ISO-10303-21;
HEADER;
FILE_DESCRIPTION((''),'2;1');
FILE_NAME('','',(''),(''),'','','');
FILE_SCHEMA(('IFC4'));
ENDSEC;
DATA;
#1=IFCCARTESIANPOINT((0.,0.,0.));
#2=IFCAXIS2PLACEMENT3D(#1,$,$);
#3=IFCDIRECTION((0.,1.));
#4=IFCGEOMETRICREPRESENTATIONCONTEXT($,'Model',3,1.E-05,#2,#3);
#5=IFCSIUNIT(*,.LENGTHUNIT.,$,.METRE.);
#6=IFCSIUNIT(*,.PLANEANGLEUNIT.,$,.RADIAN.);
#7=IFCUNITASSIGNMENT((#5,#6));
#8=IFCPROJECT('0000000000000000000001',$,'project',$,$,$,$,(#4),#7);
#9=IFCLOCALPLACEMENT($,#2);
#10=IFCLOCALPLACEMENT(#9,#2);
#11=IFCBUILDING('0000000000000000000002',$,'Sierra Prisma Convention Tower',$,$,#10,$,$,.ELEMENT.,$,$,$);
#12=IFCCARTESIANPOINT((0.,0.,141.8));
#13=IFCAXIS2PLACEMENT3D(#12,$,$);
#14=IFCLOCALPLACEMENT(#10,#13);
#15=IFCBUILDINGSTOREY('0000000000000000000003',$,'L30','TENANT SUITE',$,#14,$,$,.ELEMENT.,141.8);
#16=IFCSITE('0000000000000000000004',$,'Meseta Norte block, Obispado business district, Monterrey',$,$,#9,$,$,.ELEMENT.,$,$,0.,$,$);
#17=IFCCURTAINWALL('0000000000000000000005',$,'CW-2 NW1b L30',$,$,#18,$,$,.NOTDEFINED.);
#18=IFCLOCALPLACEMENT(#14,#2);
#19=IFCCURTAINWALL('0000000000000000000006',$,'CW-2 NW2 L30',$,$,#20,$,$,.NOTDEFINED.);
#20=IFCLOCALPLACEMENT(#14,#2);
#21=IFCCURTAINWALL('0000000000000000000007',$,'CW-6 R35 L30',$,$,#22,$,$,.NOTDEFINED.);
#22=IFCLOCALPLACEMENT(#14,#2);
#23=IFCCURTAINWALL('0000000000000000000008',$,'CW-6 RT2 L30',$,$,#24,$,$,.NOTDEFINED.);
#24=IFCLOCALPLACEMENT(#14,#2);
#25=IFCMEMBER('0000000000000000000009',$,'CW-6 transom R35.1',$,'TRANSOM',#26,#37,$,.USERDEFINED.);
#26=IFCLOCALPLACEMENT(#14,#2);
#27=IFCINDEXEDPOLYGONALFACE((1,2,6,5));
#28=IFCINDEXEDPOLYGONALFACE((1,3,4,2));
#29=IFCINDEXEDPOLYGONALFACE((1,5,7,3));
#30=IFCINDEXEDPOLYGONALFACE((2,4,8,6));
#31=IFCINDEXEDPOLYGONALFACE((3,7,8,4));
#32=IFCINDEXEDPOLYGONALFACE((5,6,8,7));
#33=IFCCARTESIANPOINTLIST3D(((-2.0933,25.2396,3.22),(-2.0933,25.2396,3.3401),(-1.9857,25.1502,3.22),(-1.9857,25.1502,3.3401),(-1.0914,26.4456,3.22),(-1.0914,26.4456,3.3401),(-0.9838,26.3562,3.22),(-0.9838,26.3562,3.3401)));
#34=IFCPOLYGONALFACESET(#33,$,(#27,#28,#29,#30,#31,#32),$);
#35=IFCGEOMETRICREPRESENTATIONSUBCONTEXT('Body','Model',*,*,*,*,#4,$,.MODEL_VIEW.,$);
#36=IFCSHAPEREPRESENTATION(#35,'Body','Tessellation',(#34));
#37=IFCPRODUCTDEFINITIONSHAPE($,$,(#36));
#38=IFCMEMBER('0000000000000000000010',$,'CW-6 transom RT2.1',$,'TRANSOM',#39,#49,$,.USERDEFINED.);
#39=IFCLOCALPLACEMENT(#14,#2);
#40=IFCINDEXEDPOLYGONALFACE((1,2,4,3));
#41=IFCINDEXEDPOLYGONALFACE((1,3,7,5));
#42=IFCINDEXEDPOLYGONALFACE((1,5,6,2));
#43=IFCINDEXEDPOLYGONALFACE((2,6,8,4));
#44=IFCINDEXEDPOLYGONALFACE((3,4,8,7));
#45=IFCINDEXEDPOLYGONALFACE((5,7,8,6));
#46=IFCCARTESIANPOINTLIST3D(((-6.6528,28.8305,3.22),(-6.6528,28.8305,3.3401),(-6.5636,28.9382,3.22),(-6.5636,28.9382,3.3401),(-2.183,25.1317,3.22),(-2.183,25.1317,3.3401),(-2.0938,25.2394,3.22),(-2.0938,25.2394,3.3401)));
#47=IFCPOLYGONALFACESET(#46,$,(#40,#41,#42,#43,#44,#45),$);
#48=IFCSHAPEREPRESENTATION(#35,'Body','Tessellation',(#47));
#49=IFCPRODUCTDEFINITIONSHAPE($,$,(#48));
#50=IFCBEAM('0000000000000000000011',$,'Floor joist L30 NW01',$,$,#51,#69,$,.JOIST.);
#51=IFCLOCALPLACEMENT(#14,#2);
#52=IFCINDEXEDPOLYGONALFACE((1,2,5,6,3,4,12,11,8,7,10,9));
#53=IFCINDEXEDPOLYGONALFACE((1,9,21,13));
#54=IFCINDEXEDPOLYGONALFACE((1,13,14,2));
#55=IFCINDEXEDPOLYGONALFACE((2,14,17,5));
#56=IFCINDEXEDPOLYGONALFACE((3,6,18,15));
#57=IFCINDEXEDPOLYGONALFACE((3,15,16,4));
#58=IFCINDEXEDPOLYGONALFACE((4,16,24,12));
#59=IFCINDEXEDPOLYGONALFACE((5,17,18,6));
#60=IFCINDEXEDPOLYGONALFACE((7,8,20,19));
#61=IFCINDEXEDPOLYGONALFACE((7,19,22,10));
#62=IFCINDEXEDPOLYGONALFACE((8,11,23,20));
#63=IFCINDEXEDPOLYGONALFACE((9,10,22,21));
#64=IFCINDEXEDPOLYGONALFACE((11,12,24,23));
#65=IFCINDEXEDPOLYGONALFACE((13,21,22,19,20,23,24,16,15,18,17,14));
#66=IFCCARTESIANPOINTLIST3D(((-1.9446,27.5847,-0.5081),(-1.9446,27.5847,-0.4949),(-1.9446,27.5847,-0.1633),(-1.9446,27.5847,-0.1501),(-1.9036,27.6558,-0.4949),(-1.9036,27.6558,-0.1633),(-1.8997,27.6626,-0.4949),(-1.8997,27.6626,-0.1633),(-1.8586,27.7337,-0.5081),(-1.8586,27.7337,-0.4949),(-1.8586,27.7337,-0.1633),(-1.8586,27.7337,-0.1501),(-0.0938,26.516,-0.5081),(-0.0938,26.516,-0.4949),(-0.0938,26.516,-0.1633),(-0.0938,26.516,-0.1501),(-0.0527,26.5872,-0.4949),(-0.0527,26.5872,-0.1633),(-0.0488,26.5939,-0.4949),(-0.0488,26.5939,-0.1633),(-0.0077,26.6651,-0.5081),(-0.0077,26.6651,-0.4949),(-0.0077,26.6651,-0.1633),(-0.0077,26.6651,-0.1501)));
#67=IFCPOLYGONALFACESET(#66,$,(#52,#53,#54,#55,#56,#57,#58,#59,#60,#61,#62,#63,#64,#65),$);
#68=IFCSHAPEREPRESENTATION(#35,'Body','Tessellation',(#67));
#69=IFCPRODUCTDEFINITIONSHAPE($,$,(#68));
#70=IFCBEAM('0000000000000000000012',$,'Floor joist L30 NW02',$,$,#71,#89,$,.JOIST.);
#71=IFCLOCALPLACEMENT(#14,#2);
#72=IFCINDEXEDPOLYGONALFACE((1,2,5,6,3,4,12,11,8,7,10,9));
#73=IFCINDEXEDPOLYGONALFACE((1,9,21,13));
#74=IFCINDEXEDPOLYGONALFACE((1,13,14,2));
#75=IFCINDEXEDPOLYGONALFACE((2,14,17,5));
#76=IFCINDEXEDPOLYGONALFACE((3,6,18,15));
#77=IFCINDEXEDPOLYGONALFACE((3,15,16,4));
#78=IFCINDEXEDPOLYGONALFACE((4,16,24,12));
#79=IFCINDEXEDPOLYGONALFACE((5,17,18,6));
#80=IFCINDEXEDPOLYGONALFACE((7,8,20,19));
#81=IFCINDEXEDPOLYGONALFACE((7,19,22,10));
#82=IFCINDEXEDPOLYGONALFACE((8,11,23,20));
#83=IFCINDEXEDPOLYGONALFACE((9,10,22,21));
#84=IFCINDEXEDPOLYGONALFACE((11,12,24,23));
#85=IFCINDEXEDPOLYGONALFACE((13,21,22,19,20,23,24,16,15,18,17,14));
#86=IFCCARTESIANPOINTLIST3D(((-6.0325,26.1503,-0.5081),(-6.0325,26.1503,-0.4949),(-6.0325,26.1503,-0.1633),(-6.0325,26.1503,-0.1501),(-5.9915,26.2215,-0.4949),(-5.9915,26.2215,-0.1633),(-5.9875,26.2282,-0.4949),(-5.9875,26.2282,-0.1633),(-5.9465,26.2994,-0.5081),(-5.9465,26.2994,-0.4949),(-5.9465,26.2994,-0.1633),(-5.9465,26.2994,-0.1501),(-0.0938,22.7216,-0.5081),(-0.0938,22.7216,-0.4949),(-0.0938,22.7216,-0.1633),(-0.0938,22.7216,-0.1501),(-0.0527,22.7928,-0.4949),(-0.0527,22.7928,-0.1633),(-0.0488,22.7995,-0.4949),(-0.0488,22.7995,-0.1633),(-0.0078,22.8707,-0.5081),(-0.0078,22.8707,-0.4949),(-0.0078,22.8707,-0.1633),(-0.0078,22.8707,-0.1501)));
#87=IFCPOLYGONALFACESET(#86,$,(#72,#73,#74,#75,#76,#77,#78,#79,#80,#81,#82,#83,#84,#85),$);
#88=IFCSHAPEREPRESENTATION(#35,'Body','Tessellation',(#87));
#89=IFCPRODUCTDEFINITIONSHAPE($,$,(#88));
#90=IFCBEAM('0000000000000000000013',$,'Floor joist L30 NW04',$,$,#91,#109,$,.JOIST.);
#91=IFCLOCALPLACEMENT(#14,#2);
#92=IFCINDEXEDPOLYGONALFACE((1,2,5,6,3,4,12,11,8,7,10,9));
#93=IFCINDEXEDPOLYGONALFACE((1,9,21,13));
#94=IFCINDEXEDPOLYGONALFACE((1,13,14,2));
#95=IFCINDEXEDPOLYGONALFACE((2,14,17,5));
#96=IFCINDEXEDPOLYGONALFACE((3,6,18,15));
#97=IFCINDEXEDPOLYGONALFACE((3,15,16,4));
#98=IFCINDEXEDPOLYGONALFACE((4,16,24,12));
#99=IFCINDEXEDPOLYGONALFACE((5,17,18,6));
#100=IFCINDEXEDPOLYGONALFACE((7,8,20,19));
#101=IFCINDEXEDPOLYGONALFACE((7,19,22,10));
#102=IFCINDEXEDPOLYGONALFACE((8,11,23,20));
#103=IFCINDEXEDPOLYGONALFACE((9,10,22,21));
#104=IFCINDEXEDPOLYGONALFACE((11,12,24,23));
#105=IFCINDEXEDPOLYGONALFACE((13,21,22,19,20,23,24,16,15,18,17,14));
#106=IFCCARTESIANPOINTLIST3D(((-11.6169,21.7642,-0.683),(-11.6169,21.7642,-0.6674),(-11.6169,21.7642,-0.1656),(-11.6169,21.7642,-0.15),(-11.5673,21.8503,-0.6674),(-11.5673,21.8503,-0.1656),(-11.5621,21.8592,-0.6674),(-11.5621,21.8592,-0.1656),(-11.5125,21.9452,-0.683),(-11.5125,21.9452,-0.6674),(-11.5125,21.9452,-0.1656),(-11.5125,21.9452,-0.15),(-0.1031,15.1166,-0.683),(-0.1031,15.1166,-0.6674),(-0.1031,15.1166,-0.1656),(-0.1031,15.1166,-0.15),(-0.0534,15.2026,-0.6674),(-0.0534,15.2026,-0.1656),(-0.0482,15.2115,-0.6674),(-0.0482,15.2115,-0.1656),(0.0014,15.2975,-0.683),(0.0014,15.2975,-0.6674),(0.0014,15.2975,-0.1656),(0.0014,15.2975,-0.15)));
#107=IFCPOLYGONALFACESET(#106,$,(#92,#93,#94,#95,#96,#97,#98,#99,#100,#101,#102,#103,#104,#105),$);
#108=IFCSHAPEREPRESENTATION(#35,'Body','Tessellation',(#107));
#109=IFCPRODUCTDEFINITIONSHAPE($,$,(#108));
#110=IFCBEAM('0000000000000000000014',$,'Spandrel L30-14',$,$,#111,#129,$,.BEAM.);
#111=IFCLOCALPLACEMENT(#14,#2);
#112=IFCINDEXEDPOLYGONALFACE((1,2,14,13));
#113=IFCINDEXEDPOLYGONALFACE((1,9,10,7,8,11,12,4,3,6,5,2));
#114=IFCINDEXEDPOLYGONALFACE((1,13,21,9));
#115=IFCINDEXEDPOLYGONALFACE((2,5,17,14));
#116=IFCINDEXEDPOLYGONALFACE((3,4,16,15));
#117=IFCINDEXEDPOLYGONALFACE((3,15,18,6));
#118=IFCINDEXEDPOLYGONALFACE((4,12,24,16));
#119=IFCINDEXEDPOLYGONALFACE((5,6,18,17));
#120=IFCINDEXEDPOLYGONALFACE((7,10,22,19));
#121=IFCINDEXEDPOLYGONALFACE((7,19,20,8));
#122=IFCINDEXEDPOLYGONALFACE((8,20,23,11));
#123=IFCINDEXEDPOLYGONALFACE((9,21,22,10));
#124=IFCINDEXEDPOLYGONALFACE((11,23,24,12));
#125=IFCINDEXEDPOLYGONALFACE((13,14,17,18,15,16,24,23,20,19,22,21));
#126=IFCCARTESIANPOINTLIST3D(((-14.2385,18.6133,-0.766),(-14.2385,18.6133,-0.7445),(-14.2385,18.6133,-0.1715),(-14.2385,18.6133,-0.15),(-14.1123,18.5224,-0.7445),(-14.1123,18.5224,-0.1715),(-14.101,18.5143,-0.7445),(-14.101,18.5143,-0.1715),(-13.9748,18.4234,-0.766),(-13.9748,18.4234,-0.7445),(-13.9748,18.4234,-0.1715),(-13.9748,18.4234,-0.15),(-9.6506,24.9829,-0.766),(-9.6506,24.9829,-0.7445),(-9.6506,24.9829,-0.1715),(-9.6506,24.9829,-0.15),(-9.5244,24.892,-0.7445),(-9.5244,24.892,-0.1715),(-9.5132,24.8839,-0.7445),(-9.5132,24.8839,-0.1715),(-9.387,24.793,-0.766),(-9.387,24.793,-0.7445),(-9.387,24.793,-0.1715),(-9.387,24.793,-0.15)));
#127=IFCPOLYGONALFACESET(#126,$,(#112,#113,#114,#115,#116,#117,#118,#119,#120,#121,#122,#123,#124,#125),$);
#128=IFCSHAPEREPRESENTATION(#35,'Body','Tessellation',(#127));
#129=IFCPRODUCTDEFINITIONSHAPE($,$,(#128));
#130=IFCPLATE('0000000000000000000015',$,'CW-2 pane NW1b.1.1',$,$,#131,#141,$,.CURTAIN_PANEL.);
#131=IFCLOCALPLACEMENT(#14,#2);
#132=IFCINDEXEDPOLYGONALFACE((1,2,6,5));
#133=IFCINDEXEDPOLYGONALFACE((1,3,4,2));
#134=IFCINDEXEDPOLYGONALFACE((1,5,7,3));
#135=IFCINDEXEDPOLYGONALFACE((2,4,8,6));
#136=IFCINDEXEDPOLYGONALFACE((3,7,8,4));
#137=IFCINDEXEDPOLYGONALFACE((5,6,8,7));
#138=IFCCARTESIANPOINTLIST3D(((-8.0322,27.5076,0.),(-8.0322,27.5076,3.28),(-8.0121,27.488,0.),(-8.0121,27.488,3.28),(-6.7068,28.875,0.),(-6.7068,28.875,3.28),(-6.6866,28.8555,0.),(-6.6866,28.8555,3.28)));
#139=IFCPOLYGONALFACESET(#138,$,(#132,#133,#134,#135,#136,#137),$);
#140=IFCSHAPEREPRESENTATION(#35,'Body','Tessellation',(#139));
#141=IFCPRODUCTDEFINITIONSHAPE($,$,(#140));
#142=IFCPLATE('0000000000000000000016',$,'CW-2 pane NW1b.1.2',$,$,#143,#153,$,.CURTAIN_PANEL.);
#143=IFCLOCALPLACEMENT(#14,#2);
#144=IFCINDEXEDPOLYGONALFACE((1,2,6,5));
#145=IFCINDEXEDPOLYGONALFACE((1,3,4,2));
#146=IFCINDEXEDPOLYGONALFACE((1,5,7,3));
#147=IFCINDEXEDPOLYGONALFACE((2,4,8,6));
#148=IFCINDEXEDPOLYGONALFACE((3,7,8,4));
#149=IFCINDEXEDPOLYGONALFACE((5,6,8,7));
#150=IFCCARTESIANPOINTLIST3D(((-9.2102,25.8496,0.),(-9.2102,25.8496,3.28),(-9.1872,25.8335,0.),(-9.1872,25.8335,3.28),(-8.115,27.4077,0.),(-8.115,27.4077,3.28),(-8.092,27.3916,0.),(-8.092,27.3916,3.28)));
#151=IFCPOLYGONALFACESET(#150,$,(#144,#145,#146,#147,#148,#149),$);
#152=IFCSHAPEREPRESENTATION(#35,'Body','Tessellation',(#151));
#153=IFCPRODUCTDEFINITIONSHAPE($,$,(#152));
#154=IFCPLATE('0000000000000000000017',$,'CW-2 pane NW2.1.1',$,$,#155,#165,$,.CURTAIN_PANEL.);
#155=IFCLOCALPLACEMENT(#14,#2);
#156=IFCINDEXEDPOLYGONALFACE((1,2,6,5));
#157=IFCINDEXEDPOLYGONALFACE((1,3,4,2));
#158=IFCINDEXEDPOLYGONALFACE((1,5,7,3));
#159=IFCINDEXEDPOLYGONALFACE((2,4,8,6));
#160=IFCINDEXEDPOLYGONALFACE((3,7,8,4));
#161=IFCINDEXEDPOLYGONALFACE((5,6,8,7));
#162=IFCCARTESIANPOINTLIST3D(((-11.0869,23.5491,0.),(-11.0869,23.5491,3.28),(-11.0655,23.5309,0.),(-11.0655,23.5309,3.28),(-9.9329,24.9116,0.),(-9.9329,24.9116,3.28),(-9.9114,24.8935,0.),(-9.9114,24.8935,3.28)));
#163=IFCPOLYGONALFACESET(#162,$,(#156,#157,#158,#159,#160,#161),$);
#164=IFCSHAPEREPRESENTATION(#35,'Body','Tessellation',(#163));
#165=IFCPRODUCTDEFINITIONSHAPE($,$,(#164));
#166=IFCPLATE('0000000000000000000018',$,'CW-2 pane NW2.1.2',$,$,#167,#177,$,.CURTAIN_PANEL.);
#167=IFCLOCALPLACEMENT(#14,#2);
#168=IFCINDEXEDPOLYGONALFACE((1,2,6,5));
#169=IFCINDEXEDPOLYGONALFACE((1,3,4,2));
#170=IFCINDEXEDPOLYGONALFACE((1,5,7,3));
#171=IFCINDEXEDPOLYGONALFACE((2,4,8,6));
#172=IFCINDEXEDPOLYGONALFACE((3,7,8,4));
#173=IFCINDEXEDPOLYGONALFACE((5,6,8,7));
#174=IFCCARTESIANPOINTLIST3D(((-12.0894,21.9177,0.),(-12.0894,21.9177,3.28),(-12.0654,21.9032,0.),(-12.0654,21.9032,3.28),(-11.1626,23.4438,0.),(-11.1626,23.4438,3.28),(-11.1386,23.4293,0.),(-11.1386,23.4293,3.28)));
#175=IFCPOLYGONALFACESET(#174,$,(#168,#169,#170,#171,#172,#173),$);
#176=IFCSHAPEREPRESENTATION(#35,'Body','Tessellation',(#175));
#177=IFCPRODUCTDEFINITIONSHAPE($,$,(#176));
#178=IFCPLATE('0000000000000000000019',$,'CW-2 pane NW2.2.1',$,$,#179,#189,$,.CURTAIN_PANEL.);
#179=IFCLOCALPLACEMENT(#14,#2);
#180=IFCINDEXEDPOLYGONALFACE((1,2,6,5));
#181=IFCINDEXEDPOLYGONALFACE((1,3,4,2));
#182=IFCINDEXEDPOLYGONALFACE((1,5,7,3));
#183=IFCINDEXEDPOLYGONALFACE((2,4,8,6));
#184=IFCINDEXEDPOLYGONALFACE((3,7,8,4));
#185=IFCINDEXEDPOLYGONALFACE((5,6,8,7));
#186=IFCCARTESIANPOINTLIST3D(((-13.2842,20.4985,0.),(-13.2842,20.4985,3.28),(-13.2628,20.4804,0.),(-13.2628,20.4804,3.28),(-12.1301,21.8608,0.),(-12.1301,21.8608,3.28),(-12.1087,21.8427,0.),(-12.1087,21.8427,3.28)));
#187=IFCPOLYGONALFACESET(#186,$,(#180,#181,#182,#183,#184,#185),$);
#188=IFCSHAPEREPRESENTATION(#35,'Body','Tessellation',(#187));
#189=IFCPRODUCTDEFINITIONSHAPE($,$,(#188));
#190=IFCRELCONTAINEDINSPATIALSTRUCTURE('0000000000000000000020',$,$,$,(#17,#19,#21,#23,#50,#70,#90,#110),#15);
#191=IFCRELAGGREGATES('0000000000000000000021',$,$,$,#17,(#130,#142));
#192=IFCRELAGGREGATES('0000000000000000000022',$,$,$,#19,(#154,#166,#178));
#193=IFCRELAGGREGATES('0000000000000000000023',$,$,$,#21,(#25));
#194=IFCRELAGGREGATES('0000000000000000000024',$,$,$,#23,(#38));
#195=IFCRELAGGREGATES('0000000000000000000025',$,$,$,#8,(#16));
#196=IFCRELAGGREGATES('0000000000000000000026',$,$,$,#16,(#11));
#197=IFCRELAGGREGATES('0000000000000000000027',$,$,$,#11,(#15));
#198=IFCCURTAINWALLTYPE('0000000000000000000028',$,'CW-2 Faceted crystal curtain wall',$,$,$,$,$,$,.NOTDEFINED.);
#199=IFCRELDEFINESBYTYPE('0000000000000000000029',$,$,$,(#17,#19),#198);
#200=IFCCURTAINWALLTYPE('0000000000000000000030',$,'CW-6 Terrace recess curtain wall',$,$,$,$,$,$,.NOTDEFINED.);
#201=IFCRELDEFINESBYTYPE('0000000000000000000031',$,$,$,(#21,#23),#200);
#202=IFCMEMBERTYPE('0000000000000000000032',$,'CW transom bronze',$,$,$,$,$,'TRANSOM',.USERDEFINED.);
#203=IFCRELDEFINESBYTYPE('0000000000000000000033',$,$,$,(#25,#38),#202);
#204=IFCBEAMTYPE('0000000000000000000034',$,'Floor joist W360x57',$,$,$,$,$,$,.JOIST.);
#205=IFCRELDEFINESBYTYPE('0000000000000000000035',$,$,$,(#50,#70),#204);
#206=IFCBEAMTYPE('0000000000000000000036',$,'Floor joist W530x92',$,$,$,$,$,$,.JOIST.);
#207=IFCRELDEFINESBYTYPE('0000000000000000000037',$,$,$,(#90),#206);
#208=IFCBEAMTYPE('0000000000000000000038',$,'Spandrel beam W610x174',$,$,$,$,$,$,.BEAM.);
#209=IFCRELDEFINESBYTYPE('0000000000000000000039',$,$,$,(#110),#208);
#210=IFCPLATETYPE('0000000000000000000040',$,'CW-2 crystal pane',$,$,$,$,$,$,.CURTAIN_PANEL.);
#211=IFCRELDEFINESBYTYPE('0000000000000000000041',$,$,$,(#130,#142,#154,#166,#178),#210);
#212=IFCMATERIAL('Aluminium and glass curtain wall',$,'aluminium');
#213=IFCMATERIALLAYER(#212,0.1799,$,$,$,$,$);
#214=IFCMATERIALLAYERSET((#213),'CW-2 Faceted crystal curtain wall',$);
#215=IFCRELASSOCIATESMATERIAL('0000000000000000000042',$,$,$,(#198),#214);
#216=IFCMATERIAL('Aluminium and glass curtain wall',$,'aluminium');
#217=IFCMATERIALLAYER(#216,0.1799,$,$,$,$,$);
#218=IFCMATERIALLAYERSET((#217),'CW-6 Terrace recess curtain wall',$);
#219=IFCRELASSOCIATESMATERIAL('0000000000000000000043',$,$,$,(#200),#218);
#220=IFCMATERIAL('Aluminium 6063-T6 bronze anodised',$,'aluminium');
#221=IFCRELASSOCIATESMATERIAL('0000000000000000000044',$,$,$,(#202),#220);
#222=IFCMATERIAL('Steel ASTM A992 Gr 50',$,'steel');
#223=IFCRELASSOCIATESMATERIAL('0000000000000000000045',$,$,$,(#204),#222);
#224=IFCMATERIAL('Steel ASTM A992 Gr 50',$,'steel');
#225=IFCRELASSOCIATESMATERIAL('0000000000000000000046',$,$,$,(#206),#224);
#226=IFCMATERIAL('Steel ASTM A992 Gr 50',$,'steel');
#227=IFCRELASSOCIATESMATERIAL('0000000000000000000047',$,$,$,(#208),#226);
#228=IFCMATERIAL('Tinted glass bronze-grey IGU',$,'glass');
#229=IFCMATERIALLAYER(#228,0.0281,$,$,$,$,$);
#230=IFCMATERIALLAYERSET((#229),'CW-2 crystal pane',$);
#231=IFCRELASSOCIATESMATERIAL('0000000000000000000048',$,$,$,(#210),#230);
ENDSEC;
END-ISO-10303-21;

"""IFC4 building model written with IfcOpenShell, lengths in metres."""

from ifc_helpers import new_model, si_unit, direction, frame, origin, origin_2d, place, context, subcontext, project, spatial, polyline, rectangle, i_section, outline, extrude, material, layer, layer_set, material_profile, profile_set, type_object, element, aggregate, save


model = new_model("IFC4")

# Units and contexts
model_context = context("Model", 3, precision=1e-05, world=origin(), true_north=direction((0.0, 1.0)))
body_context = subcontext(model_context, "Body", "Model", "MODEL_VIEW")
ifc_project = project(units=[si_unit("LENGTHUNIT", "METRE"), si_unit("PLANEANGLEUNIT", "RADIAN")], contexts=[model_context])

# Site, building, storey
site_placement = place(None, origin())
site = spatial("IfcSite", under=ifc_project, at=site_placement, Name="Meseta Norte block, Obispado business district, Monterrey", CompositionType="ELEMENT", RefElevation=0.0)
building_placement = place(site_placement, origin())
building = spatial("IfcBuilding", under=site, at=building_placement, Name="Sierra Prisma Convention Tower", CompositionType="ELEMENT")
storey_placement = place(building_placement, frame((0.0, 0.0, 141.8)))
storey = spatial("IfcBuildingStorey", under=building, at=storey_placement, Name="L30", Description="TENANT SUITE", CompositionType="ELEMENT", Elevation=141.8)

# Curtain walls
ifc_material_1 = material(Name="Aluminium and glass curtain wall", Category="aluminium")
ifc_layer_1 = layer(ifc_material_1, 0.1799)
ifc_layer_set_1 = layer_set([ifc_layer_1], Name="CW-2 Faceted crystal curtain wall")
curtain_wall_type_1 = type_object("IfcCurtainWallType", Name="CW-2 Faceted crystal curtain wall", PredefinedType="NOTDEFINED", material=ifc_layer_set_1)
curtain_wall_1_placement = place(storey_placement, origin())
curtain_wall_1 = element("IfcCurtainWall", 1, at=curtain_wall_1_placement, inside=storey, type_object=curtain_wall_type_1, Name="CW-2 NW1b L30", PredefinedType="NOTDEFINED")
curtain_wall_2_placement = place(storey_placement, origin())
curtain_wall_2 = element("IfcCurtainWall", 2, at=curtain_wall_2_placement, inside=storey, type_object=curtain_wall_type_1, Name="CW-2 NW2 L30", PredefinedType="NOTDEFINED")

# Shared definitions
ifc_material_2 = material(Name="Aluminium and glass curtain wall", Category="aluminium")
ifc_layer_2 = layer(ifc_material_2, 0.1799)
ifc_layer_set_2 = layer_set([ifc_layer_2], Name="CW-6 Terrace recess curtain wall")
curtain_wall_type_2 = type_object("IfcCurtainWallType", Name="CW-6 Terrace recess curtain wall", PredefinedType="NOTDEFINED", material=ifc_layer_set_2)

# Curtain wall
curtain_wall_3_placement = place(storey_placement, origin())
curtain_wall_3 = element("IfcCurtainWall", 3, at=curtain_wall_3_placement, inside=storey, type_object=curtain_wall_type_2, Name="CW-6 R35 L30", PredefinedType="NOTDEFINED")

# Curtain wall
curtain_wall_4_placement = place(storey_placement, origin())
curtain_wall_4 = element("IfcCurtainWall", 4, at=curtain_wall_4_placement, inside=storey, type_object=curtain_wall_type_2, Name="CW-6 RT2 L30", PredefinedType="NOTDEFINED")

# Members
ifc_material_3 = material(Name="Aluminium 6063-T6 bronze anodised", Category="aluminium")
ifc_material_profile_1 = material_profile(ifc_material_3, rectangle(XDim=0.1399, YDim=0.1201, at=origin_2d()), Name="ALU TRANSOM 120x140")
ifc_profile_set_1 = profile_set([ifc_material_profile_1], Name="Aluminium 6063-T6 bronze anodised")
member_type_1 = type_object("IfcMemberType", Name="CW transom bronze", ElementType="TRANSOM", PredefinedType="USERDEFINED", material=ifc_profile_set_1)
member_1_placement = place(storey_placement, frame((-1.0376, 26.4009, 3.28), z_axis=(-0.63902, -0.76919, 0.0), x_axis=(0.76919, -0.63902, 0.0)))
member_1 = element("IfcMember", 5, at=member_1_placement, type_object=member_type_1, Name="CW-6 transom R35.1", ObjectType="TRANSOM", PredefinedType="USERDEFINED", context=body_context, shape_type="SweptSolid", body=[
    extrude(rectangle(XDim=0.1399, YDim=0.1201, at=origin_2d()), origin(), (0.0, 0.0, 1.0), 1.5679),
])
member_2_placement = place(storey_placement, frame((-2.1384, 25.1855, 3.28), z_axis=(-0.770424, 0.637532, 0.0), x_axis=(-0.637532, -0.770424, 0.0)))
member_2 = element("IfcMember", 6, at=member_2_placement, type_object=member_type_1, Name="CW-6 transom RT2.1", ObjectType="TRANSOM", PredefinedType="USERDEFINED", context=body_context, shape_type="SweptSolid", body=[
    extrude(rectangle(XDim=0.1399, YDim=0.1201, at=origin_2d()), origin(), (0.0, 0.0, 1.0), 5.8018),
])

# Beams
ifc_material_4 = material(Name="Steel ASTM A992 Gr 50", Category="steel")
ifc_material_profile_2 = material_profile(ifc_material_4, i_section(OverallWidth=0.1721, OverallDepth=0.3579, WebThickness=0.0078, FlangeThickness=0.0132, at=origin_2d()), Name="W360x57")
ifc_profile_set_2 = profile_set([ifc_material_profile_2], Name="Steel ASTM A992 Gr 50")
beam_type_1 = type_object("IfcBeamType", Name="Floor joist W360x57", PredefinedType="JOIST", material=ifc_profile_set_2)
beam_1_placement = place(storey_placement, frame((-1.9016, 27.6592, -0.3291), z_axis=(0.86602, -0.500009, 0.0), x_axis=(0.500009, 0.86602, 0.0)))
element("IfcBeam", 7, at=beam_1_placement, inside=storey, type_object=beam_type_1, Name="Floor joist L30 NW01", PredefinedType="JOIST", context=body_context, shape_type="SweptSolid", body=[
    extrude(i_section(OverallWidth=0.1721, OverallDepth=0.3579, WebThickness=0.0078, FlangeThickness=0.0132, at=origin_2d()), origin(), (0.0, 0.0, 1.0), 2.1372),
])
beam_2_placement = place(storey_placement, frame((-5.9895, 26.2249, -0.3291), z_axis=(0.866026, -0.499999, 0.0), x_axis=(0.499999, 0.866026, 0.0)))
element("IfcBeam", 8, at=beam_2_placement, inside=storey, type_object=beam_type_1, Name="Floor joist L30 NW02", PredefinedType="JOIST", context=body_context, shape_type="SweptSolid", body=[
    extrude(i_section(OverallWidth=0.1721, OverallDepth=0.3579, WebThickness=0.0078, FlangeThickness=0.0132, at=origin_2d()), origin(), (0.0, 0.0, 1.0), 6.8574),
])
ifc_material_5 = material(Name="Steel ASTM A992 Gr 50", Category="steel")
ifc_material_profile_3 = material_profile(ifc_material_5, i_section(OverallWidth=0.209, OverallDepth=0.533, WebThickness=0.0103, FlangeThickness=0.0156, at=origin_2d()), Name="W530x92")
ifc_profile_set_3 = profile_set([ifc_material_profile_3], Name="Steel ASTM A992 Gr 50")
beam_type_2 = type_object("IfcBeamType", Name="Floor joist W530x92", PredefinedType="JOIST", material=ifc_profile_set_3)
beam_3_placement = place(storey_placement, frame((-11.5647, 21.8547, -0.4165), z_axis=(0.866021, -0.500008, 0.0), x_axis=(0.500008, 0.866021, 0.0)))
element("IfcBeam", 9, at=beam_3_placement, inside=storey, type_object=beam_type_2, Name="Floor joist L30 NW04", PredefinedType="JOIST", context=body_context, shape_type="SweptSolid", body=[
    extrude(i_section(OverallWidth=0.209, OverallDepth=0.533, WebThickness=0.0103, FlangeThickness=0.0156, at=origin_2d()), origin(), (0.0, 0.0, 1.0), 13.2952),
])
ifc_material_6 = material(Name="Steel ASTM A992 Gr 50", Category="steel")
ifc_material_profile_4 = material_profile(ifc_material_6, i_section(OverallWidth=0.325, OverallDepth=0.616, WebThickness=0.0139, FlangeThickness=0.0215, at=origin_2d()), Name="W610x174")
ifc_profile_set_4 = profile_set([ifc_material_profile_4], Name="Steel ASTM A992 Gr 50")
beam_type_3 = type_object("IfcBeamType", Name="Spandrel beam W610x174", PredefinedType="BEAM", material=ifc_profile_set_4)
beam_4_placement = place(storey_placement, frame((-9.5188, 24.8879, -0.458), z_axis=(-0.584452, -0.811428, 0.0), x_axis=(0.811428, -0.584452, 0.0)))
element("IfcBeam", 10, at=beam_4_placement, inside=storey, type_object=beam_type_3, Name="Spandrel L30-14", PredefinedType="BEAM", context=body_context, shape_type="SweptSolid", body=[
    extrude(i_section(OverallWidth=0.325, OverallDepth=0.616, WebThickness=0.0139, FlangeThickness=0.0215, at=origin_2d()), origin(), (0.0, 0.0, 1.0), 7.8499),
])

# Plates
ifc_material_7 = material(Name="Tinted glass bronze-grey IGU", Category="glass")
ifc_layer_3 = layer(ifc_material_7, 0.0281)
ifc_layer_set_3 = layer_set([ifc_layer_3], Name="CW-2 crystal pane")
plate_type_1 = type_object("IfcPlateType", Name="CW-2 crystal pane", PredefinedType="CURTAIN_PANEL", material=ifc_layer_set_3)
plate_1_placement = place(storey_placement, frame((-6.7068, 28.875, 0.0), z_axis=(-0.718046, 0.695996, 0.0), x_axis=(-0.695996, -0.718046, 0.0)))
plate_1 = element("IfcPlate", 11, at=plate_1_placement, type_object=plate_type_1, Name="CW-2 pane NW1b.1.1", PredefinedType="CURTAIN_PANEL", context=body_context, shape_type="SweptSolid", body=[
    extrude(outline(polyline([(0.0, 0.0), (1.9044, 0.0), (1.9044, 3.28), (0.0, 3.28), (0.0, 0.0)])), origin(), (0.0, 0.0, -1.0), 0.0281),
])
plate_2_placement = place(storey_placement, frame((-9.2102, 25.8496, 0.0), z_axis=(-0.81811, 0.575061, 0.0), x_axis=(0.575061, 0.81811, 0.0)))
plate_2 = element("IfcPlate", 12, at=plate_2_placement, type_object=plate_type_1, Name="CW-2 pane NW1b.1.2", PredefinedType="CURTAIN_PANEL", context=body_context, shape_type="SweptSolid", body=[
    extrude(outline(polyline([(0.0, 0.0), (1.9045, 0.0), (1.9045, -3.28), (0.0, -3.28), (0.0, 0.0)])), origin(), (0.0, 0.0, -1.0), 0.0281),
])
aggregate(curtain_wall_1, [plate_1, plate_2])
plate_3_placement = place(storey_placement, frame((-9.9329, 24.9116, 0.0), z_axis=(-0.763075, 0.64631, 0.0), x_axis=(-0.64631, -0.763075, 0.0)))
plate_3 = element("IfcPlate", 13, at=plate_3_placement, type_object=plate_type_1, Name="CW-2 pane NW2.1.1", PredefinedType="CURTAIN_PANEL", context=body_context, shape_type="SweptSolid", body=[
    extrude(outline(polyline([(0.0, 0.0), (1.7856, 0.0), (1.7856, 3.28), (0.0, 3.28), (0.0, 0.0)])), origin(), (0.0, 0.0, -1.0), 0.0281),
])
plate_4_placement = place(storey_placement, frame((-12.0894, 21.9177, 0.0), z_axis=(-0.854742, 0.519053, 0.0), x_axis=(0.519053, 0.854742, 0.0)))
plate_4 = element("IfcPlate", 14, at=plate_4_placement, type_object=plate_type_1, Name="CW-2 pane NW2.1.2", PredefinedType="CURTAIN_PANEL", context=body_context, shape_type="SweptSolid", body=[
    extrude(outline(polyline([(0.0, 0.0), (1.7855, 0.0), (1.7855, -3.28), (0.0, -3.28), (0.0, 0.0)])), origin(), (0.0, 0.0, -1.0), 0.0281),
])
plate_5_placement = place(storey_placement, frame((-12.1301, 21.8608, 0.0), z_axis=(-0.763018, 0.646377, 0.0), x_axis=(-0.646377, -0.763018, 0.0)))
plate_5 = element("IfcPlate", 15, at=plate_5_placement, type_object=plate_type_1, Name="CW-2 pane NW2.2.1", PredefinedType="CURTAIN_PANEL", context=body_context, shape_type="SweptSolid", body=[
    extrude(outline(polyline([(0.0, 0.0), (1.7854, 0.0), (1.7854, 3.28), (0.0, 3.28), (0.0, 0.0)])), origin(), (0.0, 0.0, -1.0), 0.0281),
])
aggregate(curtain_wall_2, [plate_3, plate_4, plate_5])
aggregate(curtain_wall_3, [member_1])
aggregate(curtain_wall_4, [member_2])

save(model, "model.ifc")
